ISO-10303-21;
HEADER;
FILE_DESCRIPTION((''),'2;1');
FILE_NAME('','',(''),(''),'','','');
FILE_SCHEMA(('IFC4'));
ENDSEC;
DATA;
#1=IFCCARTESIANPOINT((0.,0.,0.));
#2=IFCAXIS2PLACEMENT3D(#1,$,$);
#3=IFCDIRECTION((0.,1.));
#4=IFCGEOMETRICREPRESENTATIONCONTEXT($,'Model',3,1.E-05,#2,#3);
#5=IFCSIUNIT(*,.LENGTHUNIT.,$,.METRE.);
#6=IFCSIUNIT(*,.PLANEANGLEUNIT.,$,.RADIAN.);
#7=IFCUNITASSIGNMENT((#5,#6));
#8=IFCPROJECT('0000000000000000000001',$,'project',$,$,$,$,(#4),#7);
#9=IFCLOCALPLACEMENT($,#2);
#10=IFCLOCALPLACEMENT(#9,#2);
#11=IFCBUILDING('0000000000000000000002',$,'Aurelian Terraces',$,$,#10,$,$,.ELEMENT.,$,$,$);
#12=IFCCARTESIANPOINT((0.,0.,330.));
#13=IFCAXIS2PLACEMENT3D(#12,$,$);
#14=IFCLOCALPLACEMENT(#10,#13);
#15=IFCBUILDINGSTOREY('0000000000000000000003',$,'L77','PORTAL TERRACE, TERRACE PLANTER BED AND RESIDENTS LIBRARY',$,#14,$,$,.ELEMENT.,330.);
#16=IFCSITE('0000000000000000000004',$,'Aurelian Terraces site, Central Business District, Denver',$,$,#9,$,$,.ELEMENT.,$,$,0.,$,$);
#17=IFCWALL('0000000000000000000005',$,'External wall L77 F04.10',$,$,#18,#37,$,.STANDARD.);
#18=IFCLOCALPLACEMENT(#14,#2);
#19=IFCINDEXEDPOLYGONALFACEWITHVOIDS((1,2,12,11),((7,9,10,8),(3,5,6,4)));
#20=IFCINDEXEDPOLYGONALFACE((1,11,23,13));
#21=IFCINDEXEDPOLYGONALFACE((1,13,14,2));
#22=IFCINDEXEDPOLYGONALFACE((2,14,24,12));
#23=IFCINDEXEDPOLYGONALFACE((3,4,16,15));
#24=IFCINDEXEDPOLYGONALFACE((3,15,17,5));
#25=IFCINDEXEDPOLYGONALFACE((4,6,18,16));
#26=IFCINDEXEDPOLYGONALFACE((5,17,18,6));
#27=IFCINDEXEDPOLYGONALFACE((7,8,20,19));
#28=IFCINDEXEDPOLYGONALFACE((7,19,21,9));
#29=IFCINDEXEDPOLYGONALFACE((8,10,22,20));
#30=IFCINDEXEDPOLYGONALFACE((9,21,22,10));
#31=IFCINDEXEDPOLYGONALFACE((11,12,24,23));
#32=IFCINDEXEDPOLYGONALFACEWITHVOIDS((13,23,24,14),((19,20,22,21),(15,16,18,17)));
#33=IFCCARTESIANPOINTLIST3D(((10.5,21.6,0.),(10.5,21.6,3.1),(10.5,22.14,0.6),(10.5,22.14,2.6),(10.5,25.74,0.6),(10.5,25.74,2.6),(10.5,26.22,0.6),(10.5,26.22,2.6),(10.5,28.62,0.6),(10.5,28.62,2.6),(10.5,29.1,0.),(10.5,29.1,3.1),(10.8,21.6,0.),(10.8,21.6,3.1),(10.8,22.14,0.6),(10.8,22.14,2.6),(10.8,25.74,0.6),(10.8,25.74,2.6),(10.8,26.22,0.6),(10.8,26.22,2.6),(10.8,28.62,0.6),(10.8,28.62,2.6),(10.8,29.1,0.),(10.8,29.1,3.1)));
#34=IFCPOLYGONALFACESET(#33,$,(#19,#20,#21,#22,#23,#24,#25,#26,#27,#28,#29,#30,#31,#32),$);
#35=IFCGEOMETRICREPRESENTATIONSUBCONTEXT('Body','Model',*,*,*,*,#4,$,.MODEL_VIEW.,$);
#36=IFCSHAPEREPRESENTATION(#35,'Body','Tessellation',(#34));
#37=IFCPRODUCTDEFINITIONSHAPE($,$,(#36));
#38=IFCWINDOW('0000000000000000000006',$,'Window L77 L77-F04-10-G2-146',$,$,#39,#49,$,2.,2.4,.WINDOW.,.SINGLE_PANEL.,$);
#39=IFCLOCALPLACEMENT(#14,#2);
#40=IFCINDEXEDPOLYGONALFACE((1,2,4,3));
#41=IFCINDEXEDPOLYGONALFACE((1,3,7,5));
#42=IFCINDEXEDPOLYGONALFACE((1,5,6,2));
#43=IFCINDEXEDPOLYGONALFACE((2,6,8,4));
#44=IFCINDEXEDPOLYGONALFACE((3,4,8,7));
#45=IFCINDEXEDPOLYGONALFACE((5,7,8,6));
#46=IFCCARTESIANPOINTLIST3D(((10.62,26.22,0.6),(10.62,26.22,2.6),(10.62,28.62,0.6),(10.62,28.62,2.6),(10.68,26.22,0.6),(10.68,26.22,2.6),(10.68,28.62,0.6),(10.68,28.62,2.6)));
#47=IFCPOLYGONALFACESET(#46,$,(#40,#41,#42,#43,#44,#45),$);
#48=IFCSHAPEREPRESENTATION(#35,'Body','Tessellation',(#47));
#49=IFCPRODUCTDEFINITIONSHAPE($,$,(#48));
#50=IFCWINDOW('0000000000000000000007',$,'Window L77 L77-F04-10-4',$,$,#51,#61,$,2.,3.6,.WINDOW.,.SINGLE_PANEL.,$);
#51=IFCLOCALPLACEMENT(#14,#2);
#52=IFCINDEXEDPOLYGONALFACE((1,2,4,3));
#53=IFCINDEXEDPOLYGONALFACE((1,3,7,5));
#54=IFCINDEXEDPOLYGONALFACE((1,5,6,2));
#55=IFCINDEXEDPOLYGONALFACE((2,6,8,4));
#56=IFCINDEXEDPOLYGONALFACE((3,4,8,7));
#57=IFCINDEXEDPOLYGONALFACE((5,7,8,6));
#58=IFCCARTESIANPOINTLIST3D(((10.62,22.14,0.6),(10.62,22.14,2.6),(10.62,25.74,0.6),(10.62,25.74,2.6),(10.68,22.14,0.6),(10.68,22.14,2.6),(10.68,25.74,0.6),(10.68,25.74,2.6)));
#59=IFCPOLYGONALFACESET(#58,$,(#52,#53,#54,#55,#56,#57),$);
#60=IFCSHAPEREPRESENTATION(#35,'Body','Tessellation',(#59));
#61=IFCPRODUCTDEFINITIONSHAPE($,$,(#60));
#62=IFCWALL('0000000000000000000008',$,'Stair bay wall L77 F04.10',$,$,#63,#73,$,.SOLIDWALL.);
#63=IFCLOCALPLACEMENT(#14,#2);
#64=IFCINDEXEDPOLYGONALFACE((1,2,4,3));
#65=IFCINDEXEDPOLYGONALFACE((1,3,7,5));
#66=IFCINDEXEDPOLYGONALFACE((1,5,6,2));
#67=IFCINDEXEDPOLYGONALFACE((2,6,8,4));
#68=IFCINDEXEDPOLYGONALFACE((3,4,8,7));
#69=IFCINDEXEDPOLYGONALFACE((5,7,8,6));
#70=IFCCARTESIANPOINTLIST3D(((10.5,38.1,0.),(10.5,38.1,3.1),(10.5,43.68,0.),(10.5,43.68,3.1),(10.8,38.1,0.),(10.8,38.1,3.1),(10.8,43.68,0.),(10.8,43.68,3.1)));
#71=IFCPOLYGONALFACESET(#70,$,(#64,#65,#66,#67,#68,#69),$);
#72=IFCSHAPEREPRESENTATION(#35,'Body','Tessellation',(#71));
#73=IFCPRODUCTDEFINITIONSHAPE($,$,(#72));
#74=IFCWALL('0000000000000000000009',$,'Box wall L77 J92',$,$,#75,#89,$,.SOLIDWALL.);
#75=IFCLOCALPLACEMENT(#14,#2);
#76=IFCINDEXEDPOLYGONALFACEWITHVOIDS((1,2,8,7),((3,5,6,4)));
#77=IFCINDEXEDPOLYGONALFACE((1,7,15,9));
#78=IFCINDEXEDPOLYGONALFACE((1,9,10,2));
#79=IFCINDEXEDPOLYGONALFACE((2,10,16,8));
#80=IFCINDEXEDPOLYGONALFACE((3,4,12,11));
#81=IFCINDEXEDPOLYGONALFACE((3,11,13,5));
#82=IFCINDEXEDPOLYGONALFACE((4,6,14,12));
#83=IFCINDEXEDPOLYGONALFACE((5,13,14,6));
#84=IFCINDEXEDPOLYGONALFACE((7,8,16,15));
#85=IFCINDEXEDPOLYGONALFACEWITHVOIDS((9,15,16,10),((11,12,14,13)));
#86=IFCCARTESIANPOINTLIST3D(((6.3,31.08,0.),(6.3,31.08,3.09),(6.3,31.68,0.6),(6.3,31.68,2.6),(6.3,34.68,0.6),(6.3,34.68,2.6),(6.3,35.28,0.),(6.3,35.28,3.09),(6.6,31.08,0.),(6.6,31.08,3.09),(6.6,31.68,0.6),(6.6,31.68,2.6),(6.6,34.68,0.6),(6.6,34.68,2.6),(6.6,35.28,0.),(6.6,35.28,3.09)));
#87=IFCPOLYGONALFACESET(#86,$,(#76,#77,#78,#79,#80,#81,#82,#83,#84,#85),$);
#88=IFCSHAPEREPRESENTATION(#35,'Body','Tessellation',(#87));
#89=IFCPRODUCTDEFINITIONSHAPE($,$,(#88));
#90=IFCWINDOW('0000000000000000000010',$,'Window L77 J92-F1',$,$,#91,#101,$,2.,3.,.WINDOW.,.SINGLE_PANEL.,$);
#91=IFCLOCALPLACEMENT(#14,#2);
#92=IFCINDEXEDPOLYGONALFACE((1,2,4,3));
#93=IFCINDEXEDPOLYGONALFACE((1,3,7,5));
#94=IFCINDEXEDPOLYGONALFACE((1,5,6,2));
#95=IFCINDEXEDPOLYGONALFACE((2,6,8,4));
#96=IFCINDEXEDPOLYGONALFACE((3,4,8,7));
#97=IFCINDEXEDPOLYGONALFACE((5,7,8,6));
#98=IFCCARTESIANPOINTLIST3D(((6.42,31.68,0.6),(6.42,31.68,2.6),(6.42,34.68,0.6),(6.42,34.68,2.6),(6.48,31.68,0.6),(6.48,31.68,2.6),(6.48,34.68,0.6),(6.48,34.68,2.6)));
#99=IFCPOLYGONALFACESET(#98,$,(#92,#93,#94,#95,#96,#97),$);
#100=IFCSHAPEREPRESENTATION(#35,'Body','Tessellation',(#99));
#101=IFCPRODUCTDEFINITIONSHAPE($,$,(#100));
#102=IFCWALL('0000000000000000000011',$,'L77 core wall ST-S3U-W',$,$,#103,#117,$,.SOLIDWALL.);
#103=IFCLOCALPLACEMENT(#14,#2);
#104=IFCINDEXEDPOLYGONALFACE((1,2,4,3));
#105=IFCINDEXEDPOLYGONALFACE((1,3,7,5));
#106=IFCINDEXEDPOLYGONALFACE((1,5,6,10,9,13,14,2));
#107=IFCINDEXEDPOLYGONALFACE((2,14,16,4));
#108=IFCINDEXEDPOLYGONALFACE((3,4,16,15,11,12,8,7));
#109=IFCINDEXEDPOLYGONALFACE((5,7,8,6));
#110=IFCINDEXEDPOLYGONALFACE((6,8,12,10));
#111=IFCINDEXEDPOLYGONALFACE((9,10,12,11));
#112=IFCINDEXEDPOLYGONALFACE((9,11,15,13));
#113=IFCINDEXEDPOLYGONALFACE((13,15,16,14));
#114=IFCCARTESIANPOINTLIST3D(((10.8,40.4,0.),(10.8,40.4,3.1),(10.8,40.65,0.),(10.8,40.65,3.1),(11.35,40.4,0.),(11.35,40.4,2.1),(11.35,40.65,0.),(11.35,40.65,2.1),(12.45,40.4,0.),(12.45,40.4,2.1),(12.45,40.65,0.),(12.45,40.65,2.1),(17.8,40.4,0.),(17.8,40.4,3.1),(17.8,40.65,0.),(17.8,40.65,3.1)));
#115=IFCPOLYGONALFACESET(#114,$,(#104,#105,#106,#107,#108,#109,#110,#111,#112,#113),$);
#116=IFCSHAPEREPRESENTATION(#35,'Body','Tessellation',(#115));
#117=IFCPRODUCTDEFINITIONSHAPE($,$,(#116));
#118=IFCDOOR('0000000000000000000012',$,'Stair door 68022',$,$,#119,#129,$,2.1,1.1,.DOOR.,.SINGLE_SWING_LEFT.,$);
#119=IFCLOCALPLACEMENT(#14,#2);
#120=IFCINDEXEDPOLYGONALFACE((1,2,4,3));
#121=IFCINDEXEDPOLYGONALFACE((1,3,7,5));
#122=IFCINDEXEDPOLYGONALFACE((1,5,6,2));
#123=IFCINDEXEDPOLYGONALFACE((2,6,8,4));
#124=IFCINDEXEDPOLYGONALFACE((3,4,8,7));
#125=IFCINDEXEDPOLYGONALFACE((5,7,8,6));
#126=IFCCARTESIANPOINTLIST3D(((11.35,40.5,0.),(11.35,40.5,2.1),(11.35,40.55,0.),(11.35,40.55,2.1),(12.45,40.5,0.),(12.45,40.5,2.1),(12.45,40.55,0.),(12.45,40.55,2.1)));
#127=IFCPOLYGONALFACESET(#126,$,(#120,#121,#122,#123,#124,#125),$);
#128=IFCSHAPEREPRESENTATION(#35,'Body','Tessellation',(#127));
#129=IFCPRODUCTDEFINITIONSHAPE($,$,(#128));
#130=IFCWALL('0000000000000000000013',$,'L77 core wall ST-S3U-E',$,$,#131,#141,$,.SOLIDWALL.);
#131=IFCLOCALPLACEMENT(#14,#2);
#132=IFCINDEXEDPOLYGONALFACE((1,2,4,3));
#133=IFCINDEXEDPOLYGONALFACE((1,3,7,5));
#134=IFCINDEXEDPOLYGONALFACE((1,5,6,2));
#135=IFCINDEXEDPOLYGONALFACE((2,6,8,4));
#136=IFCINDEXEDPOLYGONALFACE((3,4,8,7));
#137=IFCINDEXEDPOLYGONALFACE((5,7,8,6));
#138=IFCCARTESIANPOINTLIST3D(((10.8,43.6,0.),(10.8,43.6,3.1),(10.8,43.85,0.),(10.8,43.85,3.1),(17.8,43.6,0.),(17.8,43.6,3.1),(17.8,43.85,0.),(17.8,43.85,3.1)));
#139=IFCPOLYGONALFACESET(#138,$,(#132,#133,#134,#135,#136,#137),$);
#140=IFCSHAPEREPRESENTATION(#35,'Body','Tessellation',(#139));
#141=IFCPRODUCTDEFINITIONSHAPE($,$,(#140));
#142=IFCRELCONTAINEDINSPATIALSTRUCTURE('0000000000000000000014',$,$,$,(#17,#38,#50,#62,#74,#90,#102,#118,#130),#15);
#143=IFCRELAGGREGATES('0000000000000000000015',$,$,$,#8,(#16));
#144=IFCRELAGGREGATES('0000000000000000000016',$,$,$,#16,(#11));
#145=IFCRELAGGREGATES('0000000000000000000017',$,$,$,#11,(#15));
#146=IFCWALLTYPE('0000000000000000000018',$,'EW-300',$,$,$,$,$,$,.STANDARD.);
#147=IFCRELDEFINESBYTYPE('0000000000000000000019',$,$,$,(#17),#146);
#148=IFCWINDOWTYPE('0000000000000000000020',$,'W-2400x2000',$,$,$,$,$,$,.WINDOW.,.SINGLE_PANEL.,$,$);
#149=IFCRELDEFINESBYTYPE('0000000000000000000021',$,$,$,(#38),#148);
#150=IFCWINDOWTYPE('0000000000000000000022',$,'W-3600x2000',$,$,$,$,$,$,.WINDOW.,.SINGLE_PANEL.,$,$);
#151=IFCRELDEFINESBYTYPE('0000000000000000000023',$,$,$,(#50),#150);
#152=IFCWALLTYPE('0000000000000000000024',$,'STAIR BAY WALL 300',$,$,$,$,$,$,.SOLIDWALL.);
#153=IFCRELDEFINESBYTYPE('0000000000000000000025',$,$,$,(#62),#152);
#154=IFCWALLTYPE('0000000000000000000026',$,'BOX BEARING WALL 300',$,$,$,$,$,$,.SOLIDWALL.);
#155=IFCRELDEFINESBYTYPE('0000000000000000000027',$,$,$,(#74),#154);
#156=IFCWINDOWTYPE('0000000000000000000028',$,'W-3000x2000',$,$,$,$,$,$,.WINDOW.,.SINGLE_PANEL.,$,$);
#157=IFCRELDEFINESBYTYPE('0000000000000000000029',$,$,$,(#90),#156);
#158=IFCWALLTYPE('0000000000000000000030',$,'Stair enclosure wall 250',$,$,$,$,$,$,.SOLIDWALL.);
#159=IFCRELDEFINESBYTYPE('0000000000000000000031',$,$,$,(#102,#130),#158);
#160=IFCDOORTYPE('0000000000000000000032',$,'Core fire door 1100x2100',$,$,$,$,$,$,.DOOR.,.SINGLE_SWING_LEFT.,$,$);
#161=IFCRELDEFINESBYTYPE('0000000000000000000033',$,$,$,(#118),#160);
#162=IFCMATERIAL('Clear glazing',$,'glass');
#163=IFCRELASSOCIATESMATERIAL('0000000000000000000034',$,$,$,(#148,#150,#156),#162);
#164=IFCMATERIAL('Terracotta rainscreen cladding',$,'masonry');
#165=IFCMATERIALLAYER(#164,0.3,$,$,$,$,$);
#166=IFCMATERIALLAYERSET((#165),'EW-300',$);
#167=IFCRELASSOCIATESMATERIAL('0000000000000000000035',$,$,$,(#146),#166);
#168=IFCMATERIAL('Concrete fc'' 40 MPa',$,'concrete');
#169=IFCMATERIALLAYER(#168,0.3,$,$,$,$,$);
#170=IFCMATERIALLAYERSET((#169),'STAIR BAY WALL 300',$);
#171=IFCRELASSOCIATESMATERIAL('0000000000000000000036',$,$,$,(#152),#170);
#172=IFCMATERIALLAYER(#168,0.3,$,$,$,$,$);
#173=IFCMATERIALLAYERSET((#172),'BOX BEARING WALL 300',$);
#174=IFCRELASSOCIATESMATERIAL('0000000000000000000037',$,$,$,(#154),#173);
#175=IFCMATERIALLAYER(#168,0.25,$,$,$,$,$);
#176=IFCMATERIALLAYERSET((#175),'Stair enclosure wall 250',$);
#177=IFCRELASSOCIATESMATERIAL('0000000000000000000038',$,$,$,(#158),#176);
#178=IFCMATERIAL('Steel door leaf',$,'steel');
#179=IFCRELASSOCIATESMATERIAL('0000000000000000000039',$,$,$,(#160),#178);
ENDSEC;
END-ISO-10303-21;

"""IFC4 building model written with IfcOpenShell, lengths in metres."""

from ifc_helpers import new_model, si_unit, direction, frame, frame_2d, origin, place, context, subcontext, project, spatial, rectangle, extrude, source, transform, mapped, material, layer, layer_set, type_object, element, fill, save


model = new_model("IFC4")

# Units and contexts
model_context = context("Model", 3, precision=1e-05, world=origin(), true_north=direction((0.0, 1.0)))
body_context = subcontext(model_context, "Body", "Model", "MODEL_VIEW")
ifc_project = project(units=[si_unit("LENGTHUNIT", "METRE"), si_unit("PLANEANGLEUNIT", "RADIAN")], contexts=[model_context])

# Site, building, storey
site_placement = place(None, origin())
site = spatial("IfcSite", under=ifc_project, at=site_placement, Name="Aurelian Terraces site, Central Business District, Denver", CompositionType="ELEMENT", RefElevation=0.0)
building_placement = place(site_placement, origin())
building = spatial("IfcBuilding", under=site, at=building_placement, Name="Aurelian Terraces", CompositionType="ELEMENT")
storey_placement = place(building_placement, frame((0.0, 0.0, 330.0)))
storey = spatial("IfcBuildingStorey", under=building, at=storey_placement, Name="L77", Description="PORTAL TERRACE, TERRACE PLANTER BED AND RESIDENTS LIBRARY", CompositionType="ELEMENT", Elevation=330.0)

# Shared definitions
ifc_material_1 = material(Name="Concrete fc' 40 MPa", Category="concrete")
ifc_material_2 = material(Name="Clear glazing", Category="glass")
window_type_1 = type_object("IfcWindowType", Name="W-2400x2000", PartitioningType="SINGLE_PANEL", PredefinedType="WINDOW", material=ifc_material_2)
shared_shape_1 = source(origin(), body_context, "Body", "SweptSolid", [
    extrude(rectangle(XDim=2.4, YDim=2.0, at=frame_2d((1.2, 1.0))), frame((0.0, 0.03, 0.0), z_axis=(0.0, -1.0, 0.0), x_axis=(1.0, 0.0, 0.0)), (0.0, 0.0, 1.0), 0.06),
])

# Shared definitions
ifc_material_3 = material(Name="Terracotta rainscreen cladding", Category="masonry")
ifc_layer_1 = layer(ifc_material_3, 0.3)
ifc_layer_set_1 = layer_set([ifc_layer_1], Name="EW-300")
wall_type_1 = type_object("IfcWallType", Name="EW-300", PredefinedType="STANDARD", material=ifc_layer_set_1)

# Wall, openings, windows
shared_shape_2 = source(origin(), body_context, "Body", "SweptSolid", [
    extrude(rectangle(XDim=7.5, YDim=0.3, at=frame_2d((3.75, 0.0))), origin(), (0.0, 0.0, 1.0), 3.1),
])
wall_1_placement = place(storey_placement, frame((10.65, 29.1, 0.0), z_axis=(0.0, 0.0, 1.0), x_axis=(0.0, -1.0, 0.0)))
wall_1 = element("IfcWall", 1, at=wall_1_placement, inside=storey, type_object=wall_type_1, Name="External wall L77 F04.10", PredefinedType="STANDARD", context=body_context, shape_type="MappedRepresentation", body=[
    mapped(shared_shape_2, transform((0.0, 0.0, 0.0), scale=1.0)),
])
shared_shape_3 = source(origin(), body_context, "Body", "SweptSolid", [
    extrude(rectangle(XDim=3.6, YDim=2.0, at=frame_2d((1.8, 1.0))), frame((0.0, 0.16, 0.0), z_axis=(0.0, -1.0, 0.0), x_axis=(1.0, 0.0, 0.0)), (0.0, 0.0, 1.0), 0.32),
])
opening_1_placement = place(wall_1_placement, frame((3.36, 0.0, 0.6)))
opening_1 = element("IfcOpeningElement", 2, at=opening_1_placement, cuts=wall_1, PredefinedType="OPENING", context=body_context, shape_type="MappedRepresentation", body=[
    mapped(shared_shape_3, transform((0.0, 0.0, 0.0), scale=1.0)),
])
shared_shape_4 = source(origin(), body_context, "Body", "SweptSolid", [
    extrude(rectangle(XDim=2.4, YDim=2.0, at=frame_2d((1.2, 1.0))), frame((0.0, 0.16, 0.0), z_axis=(0.0, -1.0, 0.0), x_axis=(1.0, 0.0, 0.0)), (0.0, 0.0, 1.0), 0.32),
])
opening_2_placement = place(wall_1_placement, frame((0.48, 0.0, 0.6)))
opening_2 = element("IfcOpeningElement", 3, at=opening_2_placement, cuts=wall_1, PredefinedType="OPENING", context=body_context, shape_type="MappedRepresentation", body=[
    mapped(shared_shape_4, transform((0.0, 0.0, 0.0), scale=1.0)),
])
window_1_placement = place(opening_2_placement, origin())
window_1 = element("IfcWindow", 4, at=window_1_placement, inside=storey, type_object=window_type_1, Name="Window L77 L77-F04-10-G2-146", OverallHeight=2.0, OverallWidth=2.4, PartitioningType="SINGLE_PANEL", PredefinedType="WINDOW", context=body_context, shape_type="MappedRepresentation", body=[
    mapped(shared_shape_1, transform((0.0, 0.0, 0.0), scale=1.0)),
])
fill(opening_2, window_1)
window_type_2 = type_object("IfcWindowType", Name="W-3600x2000", PartitioningType="SINGLE_PANEL", PredefinedType="WINDOW", material=ifc_material_2)
shared_shape_5 = source(origin(), body_context, "Body", "SweptSolid", [
    extrude(rectangle(XDim=3.6, YDim=2.0, at=frame_2d((1.8, 1.0))), frame((0.0, 0.03, 0.0), z_axis=(0.0, -1.0, 0.0), x_axis=(1.0, 0.0, 0.0)), (0.0, 0.0, 1.0), 0.06),
])
window_2_placement = place(opening_1_placement, origin())
window_2 = element("IfcWindow", 5, at=window_2_placement, inside=storey, type_object=window_type_2, Name="Window L77 L77-F04-10-4", OverallHeight=2.0, OverallWidth=3.6, PartitioningType="SINGLE_PANEL", PredefinedType="WINDOW", context=body_context, shape_type="MappedRepresentation", body=[
    mapped(shared_shape_5, transform((0.0, 0.0, 0.0), scale=1.0)),
])
fill(opening_1, window_2)

# Wall
ifc_layer_2 = layer(ifc_material_1, 0.3)
ifc_layer_set_2 = layer_set([ifc_layer_2], Name="STAIR BAY WALL 300")
wall_type_2 = type_object("IfcWallType", Name="STAIR BAY WALL 300", PredefinedType="SOLIDWALL", material=ifc_layer_set_2)
shared_shape_6 = source(origin(), body_context, "Body", "SweptSolid", [
    extrude(rectangle(XDim=5.58, YDim=0.3, at=frame_2d((2.79, 0.0))), origin(), (0.0, 0.0, 1.0), 3.1),
])
wall_2_placement = place(storey_placement, frame((10.65, 43.68, 0.0), z_axis=(0.0, 0.0, 1.0), x_axis=(0.0, -1.0, 0.0)))
element("IfcWall", 6, at=wall_2_placement, inside=storey, type_object=wall_type_2, Name="Stair bay wall L77 F04.10", PredefinedType="SOLIDWALL", context=body_context, shape_type="MappedRepresentation", body=[
    mapped(shared_shape_6, transform((0.0, 0.0, 0.0), scale=1.0)),
])

# Wall, opening, window
ifc_layer_3 = layer(ifc_material_1, 0.3)
ifc_layer_set_3 = layer_set([ifc_layer_3], Name="BOX BEARING WALL 300")
wall_type_3 = type_object("IfcWallType", Name="BOX BEARING WALL 300", PredefinedType="SOLIDWALL", material=ifc_layer_set_3)
shared_shape_7 = source(origin(), body_context, "Body", "SweptSolid", [
    extrude(rectangle(XDim=4.2, YDim=0.3, at=frame_2d((2.1, 0.0))), origin(), (0.0, 0.0, 1.0), 3.09),
])
wall_3_placement = place(storey_placement, frame((6.45, 35.28, 0.0), z_axis=(0.0, 0.0, 1.0), x_axis=(0.0, -1.0, 0.0)))
wall_3 = element("IfcWall", 7, at=wall_3_placement, inside=storey, type_object=wall_type_3, Name="Box wall L77 J92", PredefinedType="SOLIDWALL", context=body_context, shape_type="MappedRepresentation", body=[
    mapped(shared_shape_7, transform((0.0, 0.0, 0.0), scale=1.0)),
])
shared_shape_8 = source(origin(), body_context, "Body", "SweptSolid", [
    extrude(rectangle(XDim=3.0, YDim=2.0, at=frame_2d((1.5, 1.0))), frame((0.0, 0.16, 0.0), z_axis=(0.0, -1.0, 0.0), x_axis=(1.0, 0.0, 0.0)), (0.0, 0.0, 1.0), 0.32),
])
opening_3_placement = place(wall_3_placement, frame((0.6, 0.0, 0.6)))
opening_3 = element("IfcOpeningElement", 8, at=opening_3_placement, cuts=wall_3, PredefinedType="OPENING", context=body_context, shape_type="MappedRepresentation", body=[
    mapped(shared_shape_8, transform((0.0, 0.0, 0.0), scale=1.0)),
])
window_type_3 = type_object("IfcWindowType", Name="W-3000x2000", PartitioningType="SINGLE_PANEL", PredefinedType="WINDOW", material=ifc_material_2)
shared_shape_9 = source(origin(), body_context, "Body", "SweptSolid", [
    extrude(rectangle(XDim=3.0, YDim=2.0, at=frame_2d((1.5, 1.0))), frame((0.0, 0.03, 0.0), z_axis=(0.0, -1.0, 0.0), x_axis=(1.0, 0.0, 0.0)), (0.0, 0.0, 1.0), 0.06),
])
window_3_placement = place(opening_3_placement, origin())
window_3 = element("IfcWindow", 9, at=window_3_placement, inside=storey, type_object=window_type_3, Name="Window L77 J92-F1", OverallHeight=2.0, OverallWidth=3.0, PartitioningType="SINGLE_PANEL", PredefinedType="WINDOW", context=body_context, shape_type="MappedRepresentation", body=[
    mapped(shared_shape_9, transform((0.0, 0.0, 0.0), scale=1.0)),
])
fill(opening_3, window_3)

# Wall, opening, door
ifc_layer_4 = layer(ifc_material_1, 0.25)
ifc_layer_set_4 = layer_set([ifc_layer_4], Name="Stair enclosure wall 250")
wall_type_4 = type_object("IfcWallType", Name="Stair enclosure wall 250", PredefinedType="SOLIDWALL", material=ifc_layer_set_4)
shared_shape_10 = source(origin(), body_context, "Body", "SweptSolid", [
    extrude(rectangle(XDim=7.0, YDim=0.25, at=frame_2d((3.5, 0.0))), origin(), (0.0, 0.0, 1.0), 3.1),
])
wall_4_placement = place(storey_placement, frame((10.8, 40.525, 0.0), z_axis=(0.0, 0.0, 1.0), x_axis=(1.0, 0.0, 0.0)))
wall_4 = element("IfcWall", 10, at=wall_4_placement, inside=storey, type_object=wall_type_4, Name="L77 core wall ST-S3U-W", PredefinedType="SOLIDWALL", context=body_context, shape_type="MappedRepresentation", body=[
    mapped(shared_shape_10, transform((0.0, 0.0, 0.0), scale=1.0)),
])
shared_shape_11 = source(origin(), body_context, "Body", "SweptSolid", [
    extrude(rectangle(XDim=1.1, YDim=2.1, at=frame_2d((0.55, 1.05))), frame((0.0, 0.135, 0.0), z_axis=(0.0, -1.0, 0.0), x_axis=(1.0, 0.0, 0.0)), (0.0, 0.0, 1.0), 0.27),
])
opening_4_placement = place(wall_4_placement, frame((0.55, 0.0, 0.0)))
opening_4 = element("IfcOpeningElement", 11, at=opening_4_placement, cuts=wall_4, PredefinedType="OPENING", context=body_context, shape_type="MappedRepresentation", body=[
    mapped(shared_shape_11, transform((0.0, 0.0, 0.0), scale=1.0)),
])
ifc_material_4 = material(Name="Steel door leaf", Category="steel")
door_type_1 = type_object("IfcDoorType", Name="Core fire door 1100x2100", OperationType="SINGLE_SWING_LEFT", PredefinedType="DOOR", material=ifc_material_4)
shared_shape_12 = source(origin(), body_context, "Body", "SweptSolid", [
    extrude(rectangle(XDim=1.1, YDim=2.1, at=frame_2d((0.55, 1.05))), frame((0.0, 0.025, 0.0), z_axis=(0.0, -1.0, 0.0), x_axis=(1.0, 0.0, 0.0)), (0.0, 0.0, 1.0), 0.05),
])
door_1_placement = place(opening_4_placement, origin())
door_1 = element("IfcDoor", 12, at=door_1_placement, inside=storey, type_object=door_type_1, Name="Stair door 68022", OperationType="SINGLE_SWING_LEFT", OverallHeight=2.1, OverallWidth=1.1, PredefinedType="DOOR", context=body_context, shape_type="MappedRepresentation", body=[
    mapped(shared_shape_12, transform((0.0, 0.0, 0.0), scale=1.0)),
])
fill(opening_4, door_1)

# Wall
wall_5_placement = place(storey_placement, frame((10.8, 43.725, 0.0), z_axis=(0.0, 0.0, 1.0), x_axis=(1.0, 0.0, 0.0)))
element("IfcWall", 13, at=wall_5_placement, inside=storey, type_object=wall_type_4, Name="L77 core wall ST-S3U-E", PredefinedType="SOLIDWALL", context=body_context, shape_type="MappedRepresentation", body=[
    mapped(shared_shape_10, transform((0.0, 0.0, 0.0), scale=1.0)),
])

save(model, "model.ifc")
